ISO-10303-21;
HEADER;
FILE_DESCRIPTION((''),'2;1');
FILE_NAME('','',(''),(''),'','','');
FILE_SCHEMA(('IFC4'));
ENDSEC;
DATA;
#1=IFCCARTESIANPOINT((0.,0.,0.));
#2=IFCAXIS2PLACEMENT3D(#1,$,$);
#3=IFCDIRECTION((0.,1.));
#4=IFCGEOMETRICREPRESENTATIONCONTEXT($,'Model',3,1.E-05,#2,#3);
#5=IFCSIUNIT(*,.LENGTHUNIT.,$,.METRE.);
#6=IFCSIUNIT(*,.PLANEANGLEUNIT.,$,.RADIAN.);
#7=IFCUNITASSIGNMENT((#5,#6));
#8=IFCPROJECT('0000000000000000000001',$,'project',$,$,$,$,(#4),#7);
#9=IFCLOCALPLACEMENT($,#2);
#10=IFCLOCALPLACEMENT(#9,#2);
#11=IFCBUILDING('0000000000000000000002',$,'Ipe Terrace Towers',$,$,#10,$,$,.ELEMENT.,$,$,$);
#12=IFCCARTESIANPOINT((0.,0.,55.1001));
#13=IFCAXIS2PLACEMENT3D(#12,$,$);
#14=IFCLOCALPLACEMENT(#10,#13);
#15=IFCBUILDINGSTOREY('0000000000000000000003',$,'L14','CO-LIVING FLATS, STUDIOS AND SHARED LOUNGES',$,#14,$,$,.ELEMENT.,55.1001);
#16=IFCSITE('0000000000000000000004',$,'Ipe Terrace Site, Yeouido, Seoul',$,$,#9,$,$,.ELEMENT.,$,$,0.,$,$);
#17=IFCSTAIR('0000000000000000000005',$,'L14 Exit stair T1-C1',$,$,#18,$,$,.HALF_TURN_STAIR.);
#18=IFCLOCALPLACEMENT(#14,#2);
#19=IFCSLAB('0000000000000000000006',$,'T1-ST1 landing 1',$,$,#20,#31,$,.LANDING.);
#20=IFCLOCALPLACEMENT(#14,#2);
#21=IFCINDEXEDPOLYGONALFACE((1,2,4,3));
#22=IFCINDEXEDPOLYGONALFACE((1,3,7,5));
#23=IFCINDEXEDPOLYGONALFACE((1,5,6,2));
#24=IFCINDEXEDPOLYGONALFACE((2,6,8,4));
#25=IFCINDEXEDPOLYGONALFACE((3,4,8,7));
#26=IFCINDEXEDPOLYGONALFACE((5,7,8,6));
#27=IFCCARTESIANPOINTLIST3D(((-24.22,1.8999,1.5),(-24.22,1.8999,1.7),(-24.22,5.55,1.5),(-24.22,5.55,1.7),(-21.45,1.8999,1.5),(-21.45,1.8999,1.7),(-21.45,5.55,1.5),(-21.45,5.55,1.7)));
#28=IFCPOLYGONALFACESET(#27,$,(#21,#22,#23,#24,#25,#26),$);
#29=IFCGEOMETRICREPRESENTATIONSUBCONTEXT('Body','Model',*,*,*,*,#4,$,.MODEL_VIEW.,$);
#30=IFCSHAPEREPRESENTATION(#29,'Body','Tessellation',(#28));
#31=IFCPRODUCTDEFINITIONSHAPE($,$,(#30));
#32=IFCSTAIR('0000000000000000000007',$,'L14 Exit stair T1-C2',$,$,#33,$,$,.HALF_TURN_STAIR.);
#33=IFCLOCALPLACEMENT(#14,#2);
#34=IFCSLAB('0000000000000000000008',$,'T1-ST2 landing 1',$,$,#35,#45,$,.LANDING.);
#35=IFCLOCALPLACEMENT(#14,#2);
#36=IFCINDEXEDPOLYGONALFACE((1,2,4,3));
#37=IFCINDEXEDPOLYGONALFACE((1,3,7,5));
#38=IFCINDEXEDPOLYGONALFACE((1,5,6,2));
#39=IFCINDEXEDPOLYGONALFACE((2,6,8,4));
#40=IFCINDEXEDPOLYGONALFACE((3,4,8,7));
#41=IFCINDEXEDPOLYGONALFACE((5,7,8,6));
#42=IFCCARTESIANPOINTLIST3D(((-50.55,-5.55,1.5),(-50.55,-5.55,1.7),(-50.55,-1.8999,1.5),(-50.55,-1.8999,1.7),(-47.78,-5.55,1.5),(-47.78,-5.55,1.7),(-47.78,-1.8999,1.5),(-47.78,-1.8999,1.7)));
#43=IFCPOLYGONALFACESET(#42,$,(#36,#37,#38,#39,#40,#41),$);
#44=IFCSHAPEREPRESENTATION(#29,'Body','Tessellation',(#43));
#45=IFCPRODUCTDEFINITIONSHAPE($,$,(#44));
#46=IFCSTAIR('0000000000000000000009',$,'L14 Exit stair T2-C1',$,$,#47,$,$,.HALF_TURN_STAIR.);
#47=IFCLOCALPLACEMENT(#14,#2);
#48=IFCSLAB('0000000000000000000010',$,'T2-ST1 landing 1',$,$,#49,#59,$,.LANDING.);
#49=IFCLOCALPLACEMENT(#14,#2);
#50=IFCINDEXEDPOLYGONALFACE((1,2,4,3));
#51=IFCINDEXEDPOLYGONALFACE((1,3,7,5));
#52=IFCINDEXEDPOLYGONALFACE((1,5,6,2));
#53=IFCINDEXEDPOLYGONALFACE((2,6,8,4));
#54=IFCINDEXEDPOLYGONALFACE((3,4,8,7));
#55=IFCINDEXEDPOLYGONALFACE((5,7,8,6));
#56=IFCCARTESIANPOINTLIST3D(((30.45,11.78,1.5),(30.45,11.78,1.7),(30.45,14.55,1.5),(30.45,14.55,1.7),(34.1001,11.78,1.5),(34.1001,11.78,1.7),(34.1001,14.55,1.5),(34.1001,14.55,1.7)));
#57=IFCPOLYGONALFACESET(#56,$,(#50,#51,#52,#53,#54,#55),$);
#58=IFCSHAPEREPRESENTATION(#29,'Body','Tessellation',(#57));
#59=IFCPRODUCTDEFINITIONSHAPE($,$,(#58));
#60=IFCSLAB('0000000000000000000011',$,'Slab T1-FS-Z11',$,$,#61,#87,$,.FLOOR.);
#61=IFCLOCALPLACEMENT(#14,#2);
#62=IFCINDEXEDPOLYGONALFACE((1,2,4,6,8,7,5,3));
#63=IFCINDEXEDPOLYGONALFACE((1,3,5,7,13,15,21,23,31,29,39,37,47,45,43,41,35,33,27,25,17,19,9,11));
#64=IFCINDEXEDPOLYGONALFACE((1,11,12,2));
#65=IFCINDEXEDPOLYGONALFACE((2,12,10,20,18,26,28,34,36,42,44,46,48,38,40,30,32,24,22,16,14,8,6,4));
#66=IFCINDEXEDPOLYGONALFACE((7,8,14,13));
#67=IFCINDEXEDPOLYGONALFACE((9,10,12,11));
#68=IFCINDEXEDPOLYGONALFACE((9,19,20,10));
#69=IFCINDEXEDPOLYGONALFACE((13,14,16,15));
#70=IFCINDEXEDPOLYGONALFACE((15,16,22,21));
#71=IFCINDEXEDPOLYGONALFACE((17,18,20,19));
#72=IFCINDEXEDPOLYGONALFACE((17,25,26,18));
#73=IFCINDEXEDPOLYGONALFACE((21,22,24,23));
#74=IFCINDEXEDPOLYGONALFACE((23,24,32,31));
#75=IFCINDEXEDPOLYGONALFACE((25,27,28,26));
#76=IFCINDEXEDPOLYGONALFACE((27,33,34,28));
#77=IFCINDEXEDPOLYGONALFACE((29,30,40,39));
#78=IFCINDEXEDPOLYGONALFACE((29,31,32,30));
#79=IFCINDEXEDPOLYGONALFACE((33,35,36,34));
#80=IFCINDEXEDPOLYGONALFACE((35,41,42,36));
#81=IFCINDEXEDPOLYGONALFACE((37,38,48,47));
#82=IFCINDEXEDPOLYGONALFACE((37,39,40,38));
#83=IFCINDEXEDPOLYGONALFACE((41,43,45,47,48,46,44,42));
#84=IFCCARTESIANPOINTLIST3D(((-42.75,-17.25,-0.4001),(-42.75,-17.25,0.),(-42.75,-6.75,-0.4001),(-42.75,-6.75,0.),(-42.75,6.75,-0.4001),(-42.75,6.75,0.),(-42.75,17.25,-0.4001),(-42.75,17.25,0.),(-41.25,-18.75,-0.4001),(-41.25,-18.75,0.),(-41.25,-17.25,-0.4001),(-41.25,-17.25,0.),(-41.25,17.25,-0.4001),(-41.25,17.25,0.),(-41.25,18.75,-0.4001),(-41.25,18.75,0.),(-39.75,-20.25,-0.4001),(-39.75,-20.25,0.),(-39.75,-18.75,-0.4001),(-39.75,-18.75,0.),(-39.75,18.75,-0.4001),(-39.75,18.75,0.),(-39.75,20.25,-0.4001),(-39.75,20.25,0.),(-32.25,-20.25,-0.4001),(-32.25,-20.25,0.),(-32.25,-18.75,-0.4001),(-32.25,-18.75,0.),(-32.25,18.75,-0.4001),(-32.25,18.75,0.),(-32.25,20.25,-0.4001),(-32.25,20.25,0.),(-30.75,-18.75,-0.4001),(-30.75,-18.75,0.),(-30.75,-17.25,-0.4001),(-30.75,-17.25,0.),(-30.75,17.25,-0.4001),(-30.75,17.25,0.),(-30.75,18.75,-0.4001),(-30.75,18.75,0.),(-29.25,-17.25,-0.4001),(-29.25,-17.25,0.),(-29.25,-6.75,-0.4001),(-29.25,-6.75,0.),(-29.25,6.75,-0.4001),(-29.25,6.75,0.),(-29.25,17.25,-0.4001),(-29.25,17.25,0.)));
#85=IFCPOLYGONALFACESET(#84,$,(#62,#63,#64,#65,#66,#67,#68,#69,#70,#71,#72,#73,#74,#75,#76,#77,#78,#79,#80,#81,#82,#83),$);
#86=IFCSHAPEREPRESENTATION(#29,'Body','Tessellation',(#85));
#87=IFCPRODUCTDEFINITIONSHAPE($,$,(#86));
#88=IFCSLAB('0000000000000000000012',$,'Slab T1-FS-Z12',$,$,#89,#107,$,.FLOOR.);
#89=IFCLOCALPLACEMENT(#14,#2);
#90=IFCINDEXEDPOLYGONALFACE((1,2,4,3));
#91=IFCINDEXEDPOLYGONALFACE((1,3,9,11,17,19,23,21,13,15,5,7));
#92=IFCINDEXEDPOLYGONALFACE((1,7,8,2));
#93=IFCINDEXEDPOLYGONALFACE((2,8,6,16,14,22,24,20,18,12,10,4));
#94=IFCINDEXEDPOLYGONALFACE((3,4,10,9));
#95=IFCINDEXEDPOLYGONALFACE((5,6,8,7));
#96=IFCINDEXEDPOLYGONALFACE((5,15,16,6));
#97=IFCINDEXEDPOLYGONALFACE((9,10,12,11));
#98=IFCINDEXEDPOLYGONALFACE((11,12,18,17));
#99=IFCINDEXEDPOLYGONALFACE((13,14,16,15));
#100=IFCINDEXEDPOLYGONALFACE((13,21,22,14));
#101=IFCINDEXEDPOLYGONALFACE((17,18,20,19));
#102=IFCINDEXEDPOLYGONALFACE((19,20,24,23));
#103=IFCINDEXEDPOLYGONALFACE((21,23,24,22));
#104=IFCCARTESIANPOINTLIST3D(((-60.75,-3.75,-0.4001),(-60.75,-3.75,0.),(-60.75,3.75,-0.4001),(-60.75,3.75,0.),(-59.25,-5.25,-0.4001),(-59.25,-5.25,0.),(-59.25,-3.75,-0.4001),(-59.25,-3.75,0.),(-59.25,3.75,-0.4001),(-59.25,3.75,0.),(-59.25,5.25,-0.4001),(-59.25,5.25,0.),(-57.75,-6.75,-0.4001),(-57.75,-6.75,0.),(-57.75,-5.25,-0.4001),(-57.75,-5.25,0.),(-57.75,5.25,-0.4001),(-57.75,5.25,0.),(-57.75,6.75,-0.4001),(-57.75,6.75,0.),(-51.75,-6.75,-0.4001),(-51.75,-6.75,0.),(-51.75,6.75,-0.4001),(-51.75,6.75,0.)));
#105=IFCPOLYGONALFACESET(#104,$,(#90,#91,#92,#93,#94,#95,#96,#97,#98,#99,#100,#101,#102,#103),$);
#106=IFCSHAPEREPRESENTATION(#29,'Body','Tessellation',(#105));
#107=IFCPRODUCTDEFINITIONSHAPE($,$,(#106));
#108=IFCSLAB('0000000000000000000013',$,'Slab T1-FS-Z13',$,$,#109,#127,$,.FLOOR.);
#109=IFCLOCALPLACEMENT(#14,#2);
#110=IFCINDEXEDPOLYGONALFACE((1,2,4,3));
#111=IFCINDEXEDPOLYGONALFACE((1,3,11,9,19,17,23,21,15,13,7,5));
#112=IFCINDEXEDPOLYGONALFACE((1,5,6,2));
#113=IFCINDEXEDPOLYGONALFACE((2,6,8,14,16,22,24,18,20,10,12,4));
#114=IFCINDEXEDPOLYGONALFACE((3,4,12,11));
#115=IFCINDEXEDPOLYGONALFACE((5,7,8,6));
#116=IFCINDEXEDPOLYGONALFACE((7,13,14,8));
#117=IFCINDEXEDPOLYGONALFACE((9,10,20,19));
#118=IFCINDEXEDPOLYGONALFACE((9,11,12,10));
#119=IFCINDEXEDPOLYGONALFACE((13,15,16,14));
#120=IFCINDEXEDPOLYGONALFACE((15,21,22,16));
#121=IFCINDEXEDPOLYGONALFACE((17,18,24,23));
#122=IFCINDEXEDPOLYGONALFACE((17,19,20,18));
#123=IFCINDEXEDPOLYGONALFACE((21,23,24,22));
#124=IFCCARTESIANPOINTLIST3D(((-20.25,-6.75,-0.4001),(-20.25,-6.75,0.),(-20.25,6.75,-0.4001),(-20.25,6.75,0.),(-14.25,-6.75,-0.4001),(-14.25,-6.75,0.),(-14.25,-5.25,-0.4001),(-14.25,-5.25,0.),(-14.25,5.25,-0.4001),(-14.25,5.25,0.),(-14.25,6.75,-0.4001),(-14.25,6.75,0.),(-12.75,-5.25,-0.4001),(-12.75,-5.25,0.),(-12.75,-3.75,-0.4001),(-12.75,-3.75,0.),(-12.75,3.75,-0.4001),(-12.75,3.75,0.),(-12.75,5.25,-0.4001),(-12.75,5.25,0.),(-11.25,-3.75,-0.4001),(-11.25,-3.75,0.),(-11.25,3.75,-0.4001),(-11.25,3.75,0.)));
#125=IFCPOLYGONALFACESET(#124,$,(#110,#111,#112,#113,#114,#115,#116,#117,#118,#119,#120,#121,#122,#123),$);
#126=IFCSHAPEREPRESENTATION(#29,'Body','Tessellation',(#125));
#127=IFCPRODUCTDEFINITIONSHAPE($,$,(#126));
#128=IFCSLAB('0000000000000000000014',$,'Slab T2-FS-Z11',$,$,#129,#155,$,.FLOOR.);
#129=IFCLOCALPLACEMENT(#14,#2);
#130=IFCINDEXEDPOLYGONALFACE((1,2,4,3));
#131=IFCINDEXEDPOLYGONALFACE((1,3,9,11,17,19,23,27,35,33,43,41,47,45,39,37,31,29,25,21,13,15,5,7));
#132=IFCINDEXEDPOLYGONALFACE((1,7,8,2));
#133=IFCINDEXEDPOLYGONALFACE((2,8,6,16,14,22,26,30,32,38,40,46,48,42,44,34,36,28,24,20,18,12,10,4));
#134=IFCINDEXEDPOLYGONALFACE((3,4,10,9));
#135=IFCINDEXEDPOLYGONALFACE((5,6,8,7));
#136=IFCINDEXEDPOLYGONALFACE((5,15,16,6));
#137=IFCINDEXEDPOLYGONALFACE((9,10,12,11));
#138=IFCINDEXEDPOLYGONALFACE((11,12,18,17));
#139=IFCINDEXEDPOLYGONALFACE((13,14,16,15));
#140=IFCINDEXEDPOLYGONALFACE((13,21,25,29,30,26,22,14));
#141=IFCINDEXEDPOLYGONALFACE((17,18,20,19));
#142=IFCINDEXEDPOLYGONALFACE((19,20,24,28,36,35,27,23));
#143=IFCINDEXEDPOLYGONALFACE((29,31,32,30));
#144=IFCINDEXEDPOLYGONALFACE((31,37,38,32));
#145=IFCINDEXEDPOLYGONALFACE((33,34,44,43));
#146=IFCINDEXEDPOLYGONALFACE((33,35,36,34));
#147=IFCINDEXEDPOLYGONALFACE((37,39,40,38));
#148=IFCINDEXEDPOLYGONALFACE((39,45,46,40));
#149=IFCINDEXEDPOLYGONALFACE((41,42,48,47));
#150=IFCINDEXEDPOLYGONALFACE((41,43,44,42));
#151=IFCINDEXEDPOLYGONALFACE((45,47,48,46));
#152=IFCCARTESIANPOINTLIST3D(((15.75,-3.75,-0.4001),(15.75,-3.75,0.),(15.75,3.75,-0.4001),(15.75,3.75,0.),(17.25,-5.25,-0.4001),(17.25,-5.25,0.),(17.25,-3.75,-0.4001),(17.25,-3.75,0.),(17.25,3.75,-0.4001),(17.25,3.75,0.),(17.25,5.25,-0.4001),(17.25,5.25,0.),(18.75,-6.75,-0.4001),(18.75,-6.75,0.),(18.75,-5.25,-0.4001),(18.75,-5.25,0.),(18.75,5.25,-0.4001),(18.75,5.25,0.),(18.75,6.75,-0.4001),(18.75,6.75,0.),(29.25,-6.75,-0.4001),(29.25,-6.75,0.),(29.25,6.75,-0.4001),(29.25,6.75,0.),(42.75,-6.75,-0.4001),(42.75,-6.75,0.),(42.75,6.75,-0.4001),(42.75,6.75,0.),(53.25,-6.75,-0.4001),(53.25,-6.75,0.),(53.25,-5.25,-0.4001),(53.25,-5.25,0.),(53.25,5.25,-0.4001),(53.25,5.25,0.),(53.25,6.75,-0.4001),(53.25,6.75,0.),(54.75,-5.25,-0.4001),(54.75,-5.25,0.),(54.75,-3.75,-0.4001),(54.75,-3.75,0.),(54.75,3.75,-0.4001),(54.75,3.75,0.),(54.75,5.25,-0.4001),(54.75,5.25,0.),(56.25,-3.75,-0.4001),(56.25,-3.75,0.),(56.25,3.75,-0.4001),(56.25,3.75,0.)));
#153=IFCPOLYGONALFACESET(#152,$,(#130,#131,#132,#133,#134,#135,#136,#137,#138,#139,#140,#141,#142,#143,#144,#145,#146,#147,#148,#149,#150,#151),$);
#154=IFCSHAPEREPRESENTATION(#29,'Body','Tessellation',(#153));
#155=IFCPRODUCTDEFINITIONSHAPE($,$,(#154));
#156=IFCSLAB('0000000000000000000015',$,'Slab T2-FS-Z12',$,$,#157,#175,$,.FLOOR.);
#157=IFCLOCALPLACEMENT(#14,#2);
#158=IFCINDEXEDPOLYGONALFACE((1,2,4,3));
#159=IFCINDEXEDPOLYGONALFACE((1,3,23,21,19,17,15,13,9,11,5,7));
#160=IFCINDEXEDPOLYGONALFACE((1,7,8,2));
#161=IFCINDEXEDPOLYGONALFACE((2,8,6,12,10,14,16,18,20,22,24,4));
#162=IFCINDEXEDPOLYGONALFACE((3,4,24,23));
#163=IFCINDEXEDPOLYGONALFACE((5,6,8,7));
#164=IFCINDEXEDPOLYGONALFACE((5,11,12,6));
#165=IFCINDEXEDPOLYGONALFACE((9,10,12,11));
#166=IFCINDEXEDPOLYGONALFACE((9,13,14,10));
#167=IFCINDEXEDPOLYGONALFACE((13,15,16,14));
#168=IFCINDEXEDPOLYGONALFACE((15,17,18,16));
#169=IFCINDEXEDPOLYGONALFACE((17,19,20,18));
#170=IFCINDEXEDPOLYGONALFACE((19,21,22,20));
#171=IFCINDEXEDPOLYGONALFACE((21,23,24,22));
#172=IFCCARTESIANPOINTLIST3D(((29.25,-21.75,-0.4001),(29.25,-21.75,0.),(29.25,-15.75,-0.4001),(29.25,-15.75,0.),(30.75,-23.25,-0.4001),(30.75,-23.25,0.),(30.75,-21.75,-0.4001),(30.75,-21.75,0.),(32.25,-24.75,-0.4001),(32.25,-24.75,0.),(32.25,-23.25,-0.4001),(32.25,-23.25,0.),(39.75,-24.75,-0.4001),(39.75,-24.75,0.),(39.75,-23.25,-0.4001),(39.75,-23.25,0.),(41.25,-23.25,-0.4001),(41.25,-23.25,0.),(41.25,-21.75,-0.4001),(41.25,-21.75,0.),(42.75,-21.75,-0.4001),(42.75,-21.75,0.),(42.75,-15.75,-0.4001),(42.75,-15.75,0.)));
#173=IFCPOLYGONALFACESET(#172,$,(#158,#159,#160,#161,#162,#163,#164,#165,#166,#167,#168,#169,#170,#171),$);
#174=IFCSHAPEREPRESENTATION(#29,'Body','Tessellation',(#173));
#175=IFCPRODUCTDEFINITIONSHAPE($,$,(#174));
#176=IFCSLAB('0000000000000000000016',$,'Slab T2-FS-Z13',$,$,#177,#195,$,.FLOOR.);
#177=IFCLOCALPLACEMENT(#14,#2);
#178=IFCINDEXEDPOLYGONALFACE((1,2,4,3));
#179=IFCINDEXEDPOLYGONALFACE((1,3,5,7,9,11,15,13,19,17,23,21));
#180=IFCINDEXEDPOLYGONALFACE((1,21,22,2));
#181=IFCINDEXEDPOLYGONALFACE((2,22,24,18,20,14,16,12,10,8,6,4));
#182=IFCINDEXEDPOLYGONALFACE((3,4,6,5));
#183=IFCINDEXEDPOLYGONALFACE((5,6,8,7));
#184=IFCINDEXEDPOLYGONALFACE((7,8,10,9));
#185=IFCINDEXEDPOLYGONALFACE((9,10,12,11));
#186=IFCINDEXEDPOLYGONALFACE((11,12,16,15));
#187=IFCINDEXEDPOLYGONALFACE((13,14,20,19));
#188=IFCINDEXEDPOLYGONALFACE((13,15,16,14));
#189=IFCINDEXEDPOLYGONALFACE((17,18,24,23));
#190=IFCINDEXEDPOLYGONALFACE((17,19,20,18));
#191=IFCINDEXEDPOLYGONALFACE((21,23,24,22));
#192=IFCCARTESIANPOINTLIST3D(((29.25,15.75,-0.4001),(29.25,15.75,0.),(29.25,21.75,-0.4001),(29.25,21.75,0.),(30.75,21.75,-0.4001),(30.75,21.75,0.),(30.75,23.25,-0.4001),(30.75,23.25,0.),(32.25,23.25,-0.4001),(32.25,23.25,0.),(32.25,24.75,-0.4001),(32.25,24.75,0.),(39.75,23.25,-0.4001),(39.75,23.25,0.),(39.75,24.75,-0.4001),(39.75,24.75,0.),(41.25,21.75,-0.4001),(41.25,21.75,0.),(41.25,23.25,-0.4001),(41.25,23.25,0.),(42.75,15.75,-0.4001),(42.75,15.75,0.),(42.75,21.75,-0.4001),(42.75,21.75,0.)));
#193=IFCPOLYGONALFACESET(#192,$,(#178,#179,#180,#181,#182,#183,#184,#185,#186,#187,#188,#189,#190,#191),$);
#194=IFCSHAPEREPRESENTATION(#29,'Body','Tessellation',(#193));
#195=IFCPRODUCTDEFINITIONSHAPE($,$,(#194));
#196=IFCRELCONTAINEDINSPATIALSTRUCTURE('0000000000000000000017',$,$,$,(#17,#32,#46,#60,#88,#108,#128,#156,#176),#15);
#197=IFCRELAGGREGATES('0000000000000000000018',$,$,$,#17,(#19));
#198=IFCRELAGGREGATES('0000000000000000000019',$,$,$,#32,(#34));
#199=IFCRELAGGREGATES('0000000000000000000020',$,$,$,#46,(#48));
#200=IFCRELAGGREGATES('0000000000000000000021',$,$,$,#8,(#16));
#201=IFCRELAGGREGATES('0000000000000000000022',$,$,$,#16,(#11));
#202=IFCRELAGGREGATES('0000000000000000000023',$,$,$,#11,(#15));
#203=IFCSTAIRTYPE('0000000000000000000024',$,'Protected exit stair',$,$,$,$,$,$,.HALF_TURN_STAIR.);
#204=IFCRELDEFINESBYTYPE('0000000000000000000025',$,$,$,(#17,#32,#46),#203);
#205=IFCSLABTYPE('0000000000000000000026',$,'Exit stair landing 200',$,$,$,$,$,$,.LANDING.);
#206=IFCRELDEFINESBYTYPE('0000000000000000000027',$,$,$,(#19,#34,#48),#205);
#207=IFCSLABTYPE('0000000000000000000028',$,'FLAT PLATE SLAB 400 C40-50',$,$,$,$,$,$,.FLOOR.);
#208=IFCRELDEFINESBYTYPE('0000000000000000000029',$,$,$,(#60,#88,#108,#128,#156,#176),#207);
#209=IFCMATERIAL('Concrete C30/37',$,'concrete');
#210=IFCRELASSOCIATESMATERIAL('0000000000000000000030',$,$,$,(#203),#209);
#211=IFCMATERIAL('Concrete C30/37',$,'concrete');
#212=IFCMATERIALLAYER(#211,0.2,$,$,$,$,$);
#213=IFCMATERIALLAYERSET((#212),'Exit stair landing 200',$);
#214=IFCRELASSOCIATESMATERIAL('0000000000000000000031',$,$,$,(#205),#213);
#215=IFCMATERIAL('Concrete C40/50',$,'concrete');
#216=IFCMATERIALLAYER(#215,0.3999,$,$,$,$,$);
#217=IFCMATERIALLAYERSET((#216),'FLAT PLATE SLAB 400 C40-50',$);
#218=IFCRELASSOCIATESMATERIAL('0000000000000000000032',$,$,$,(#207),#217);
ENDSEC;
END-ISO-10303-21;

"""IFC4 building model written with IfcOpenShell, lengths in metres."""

from ifc_helpers import new_model, si_unit, direction, frame, origin, place, context, subcontext, project, spatial, polyline, outline, extrude, material, layer, layer_set, type_object, element, aggregate, save


model = new_model("IFC4")

# Units and contexts
model_context = context("Model", 3, precision=1e-05, world=origin(), true_north=direction((0.0, 1.0)))
body_context = subcontext(model_context, "Body", "Model", "MODEL_VIEW")
ifc_project = project(units=[si_unit("LENGTHUNIT", "METRE"), si_unit("PLANEANGLEUNIT", "RADIAN")], contexts=[model_context])

# Site, building, storey
site_placement = place(None, origin())
site = spatial("IfcSite", under=ifc_project, at=site_placement, Name="Ipe Terrace Site, Yeouido, Seoul", CompositionType="ELEMENT", RefElevation=0.0)
building_placement = place(site_placement, origin())
building = spatial("IfcBuilding", under=site, at=building_placement, Name="Ipe Terrace Towers", CompositionType="ELEMENT")
storey_placement = place(building_placement, frame((0.0, 0.0, 55.1001)))
storey = spatial("IfcBuildingStorey", under=building, at=storey_placement, Name="L14", Description="CO-LIVING FLATS, STUDIOS AND SHARED LOUNGES", CompositionType="ELEMENT", Elevation=55.1001)

# Stairs, slabs
ifc_material_1 = material(Name="Concrete C30/37", Category="concrete")
stair_type = type_object("IfcStairType", Name="Protected exit stair", PredefinedType="HALF_TURN_STAIR", material=ifc_material_1)
stair_1_placement = place(storey_placement, origin())
stair_1 = element("IfcStair", 1, at=stair_1_placement, inside=storey, type_object=stair_type, Name="L14 Exit stair T1-C1", PredefinedType="HALF_TURN_STAIR")
ifc_material_2 = material(Name="Concrete C30/37", Category="concrete")
ifc_layer_1 = layer(ifc_material_2, 0.2)
ifc_layer_set_1 = layer_set([ifc_layer_1], Name="Exit stair landing 200")
slab_type_1 = type_object("IfcSlabType", Name="Exit stair landing 200", PredefinedType="LANDING", material=ifc_layer_set_1)
slab_1_placement = place(storey_placement, frame((0.0, 0.0, 1.5)))
slab_1 = element("IfcSlab", 2, at=slab_1_placement, type_object=slab_type_1, Name="T1-ST1 landing 1", PredefinedType="LANDING", context=body_context, shape_type="SweptSolid", body=[
    extrude(outline(polyline([(-24.22, 1.8999), (-21.45, 1.8999), (-21.45, 5.55), (-24.22, 5.55), (-24.22, 1.8999)])), origin(), (0.0, 0.0, 1.0), 0.2),
])
aggregate(stair_1, [slab_1])
stair_2_placement = place(storey_placement, origin())
stair_2 = element("IfcStair", 3, at=stair_2_placement, inside=storey, type_object=stair_type, Name="L14 Exit stair T1-C2", PredefinedType="HALF_TURN_STAIR")
slab_2_placement = place(storey_placement, frame((0.0, 0.0, 1.5)))
slab_2 = element("IfcSlab", 4, at=slab_2_placement, type_object=slab_type_1, Name="T1-ST2 landing 1", PredefinedType="LANDING", context=body_context, shape_type="SweptSolid", body=[
    extrude(outline(polyline([(-47.78, -1.8999), (-50.55, -1.8999), (-50.55, -5.55), (-47.78, -5.55), (-47.78, -1.8999)])), origin(), (0.0, 0.0, 1.0), 0.2),
])
aggregate(stair_2, [slab_2])
stair_3_placement = place(storey_placement, origin())
stair_3 = element("IfcStair", 5, at=stair_3_placement, inside=storey, type_object=stair_type, Name="L14 Exit stair T2-C1", PredefinedType="HALF_TURN_STAIR")
slab_3_placement = place(storey_placement, frame((0.0, 0.0, 1.5)))
slab_3 = element("IfcSlab", 6, at=slab_3_placement, type_object=slab_type_1, Name="T2-ST1 landing 1", PredefinedType="LANDING", context=body_context, shape_type="SweptSolid", body=[
    extrude(outline(polyline([(34.1001, 11.78), (34.1001, 14.55), (30.45, 14.55), (30.45, 11.78), (34.1001, 11.78)])), origin(), (0.0, 0.0, 1.0), 0.2),
])
aggregate(stair_3, [slab_3])

# Slabs
ifc_material_3 = material(Name="Concrete C40/50", Category="concrete")
ifc_layer_2 = layer(ifc_material_3, 0.3999)
ifc_layer_set_2 = layer_set([ifc_layer_2], Name="FLAT PLATE SLAB 400 C40-50")
slab_type_2 = type_object("IfcSlabType", Name="FLAT PLATE SLAB 400 C40-50", PredefinedType="FLOOR", material=ifc_layer_set_2)
slab_4_placement = place(storey_placement, frame((0.0, 0.0, -0.4001)))
element("IfcSlab", 7, at=slab_4_placement, inside=storey, type_object=slab_type_2, Name="Slab T1-FS-Z11", PredefinedType="FLOOR", context=body_context, shape_type="SweptSolid", body=[
    extrude(outline(polyline([(-30.75, -17.25), (-30.75, -18.75), (-32.25, -18.75), (-32.25, -20.25), (-39.75, -20.25), (-39.75, -18.75), (-41.25, -18.75), (-41.25, -17.25), (-42.75, -17.25), (-42.75, -6.75), (-42.75, 6.75), (-42.75, 17.25), (-41.25, 17.25), (-41.25, 18.75), (-39.75, 18.75), (-39.75, 20.25), (-32.25, 20.25), (-32.25, 18.75), (-30.75, 18.75), (-30.75, 17.25), (-29.25, 17.25), (-29.25, 6.75), (-29.25, -6.75), (-29.25, -17.25), (-30.75, -17.25)])), origin(), (0.0, 0.0, 1.0), 0.4001),
])
slab_5_placement = place(storey_placement, frame((0.0, 0.0, -0.4001)))
element("IfcSlab", 8, at=slab_5_placement, inside=storey, type_object=slab_type_2, Name="Slab T1-FS-Z12", PredefinedType="FLOOR", context=body_context, shape_type="SweptSolid", body=[
    extrude(outline(polyline([(-57.75, -6.75), (-57.75, -5.25), (-59.25, -5.25), (-59.25, -3.75), (-60.75, -3.75), (-60.75, 3.75), (-59.25, 3.75), (-59.25, 5.25), (-57.75, 5.25), (-57.75, 6.75), (-51.75, 6.75), (-51.75, -6.75), (-57.75, -6.75)])), origin(), (0.0, 0.0, 1.0), 0.4001),
])
slab_6_placement = place(storey_placement, frame((0.0, 0.0, -0.4001)))
element("IfcSlab", 9, at=slab_6_placement, inside=storey, type_object=slab_type_2, Name="Slab T1-FS-Z13", PredefinedType="FLOOR", context=body_context, shape_type="SweptSolid", body=[
    extrude(outline(polyline([(-14.25, 5.25), (-12.75, 5.25), (-12.75, 3.75), (-11.25, 3.75), (-11.25, -3.75), (-12.75, -3.75), (-12.75, -5.25), (-14.25, -5.25), (-14.25, -6.75), (-20.25, -6.75), (-20.25, 6.75), (-14.25, 6.75), (-14.25, 5.25)])), origin(), (0.0, 0.0, 1.0), 0.4001),
])
slab_7_placement = place(storey_placement, frame((0.0, 0.0, -0.4001)))
element("IfcSlab", 10, at=slab_7_placement, inside=storey, type_object=slab_type_2, Name="Slab T2-FS-Z11", PredefinedType="FLOOR", context=body_context, shape_type="SweptSolid", body=[
    extrude(outline(polyline([(53.25, 5.25), (54.75, 5.25), (54.75, 3.75), (56.25, 3.75), (56.25, -3.75), (54.75, -3.75), (54.75, -5.25), (53.25, -5.25), (53.25, -6.75), (42.75, -6.75), (29.25, -6.75), (18.75, -6.75), (18.75, -5.25), (17.25, -5.25), (17.25, -3.75), (15.75, -3.75), (15.75, 3.75), (17.25, 3.75), (17.25, 5.25), (18.75, 5.25), (18.75, 6.75), (29.25, 6.75), (42.75, 6.75), (53.25, 6.75), (53.25, 5.25)])), origin(), (0.0, 0.0, 1.0), 0.4001),
])
slab_8_placement = place(storey_placement, frame((0.0, 0.0, -0.4001)))
element("IfcSlab", 11, at=slab_8_placement, inside=storey, type_object=slab_type_2, Name="Slab T2-FS-Z12", PredefinedType="FLOOR", context=body_context, shape_type="SweptSolid", body=[
    extrude(outline(polyline([(42.75, -21.75), (41.25, -21.75), (41.25, -23.25), (39.75, -23.25), (39.75, -24.75), (32.25, -24.75), (32.25, -23.25), (30.75, -23.25), (30.75, -21.75), (29.25, -21.75), (29.25, -15.75), (42.75, -15.75), (42.75, -21.75)])), origin(), (0.0, 0.0, 1.0), 0.4001),
])
slab_9_placement = place(storey_placement, frame((0.0, 0.0, -0.4001)))
element("IfcSlab", 12, at=slab_9_placement, inside=storey, type_object=slab_type_2, Name="Slab T2-FS-Z13", PredefinedType="FLOOR", context=body_context, shape_type="SweptSolid", body=[
    extrude(outline(polyline([(30.75, 21.75), (30.75, 23.25), (32.25, 23.25), (32.25, 24.75), (39.75, 24.75), (39.75, 23.25), (41.25, 23.25), (41.25, 21.75), (42.75, 21.75), (42.75, 15.75), (29.25, 15.75), (29.25, 21.75), (30.75, 21.75)])), origin(), (0.0, 0.0, 1.0), 0.4001),
])

save(model, "model.ifc")
